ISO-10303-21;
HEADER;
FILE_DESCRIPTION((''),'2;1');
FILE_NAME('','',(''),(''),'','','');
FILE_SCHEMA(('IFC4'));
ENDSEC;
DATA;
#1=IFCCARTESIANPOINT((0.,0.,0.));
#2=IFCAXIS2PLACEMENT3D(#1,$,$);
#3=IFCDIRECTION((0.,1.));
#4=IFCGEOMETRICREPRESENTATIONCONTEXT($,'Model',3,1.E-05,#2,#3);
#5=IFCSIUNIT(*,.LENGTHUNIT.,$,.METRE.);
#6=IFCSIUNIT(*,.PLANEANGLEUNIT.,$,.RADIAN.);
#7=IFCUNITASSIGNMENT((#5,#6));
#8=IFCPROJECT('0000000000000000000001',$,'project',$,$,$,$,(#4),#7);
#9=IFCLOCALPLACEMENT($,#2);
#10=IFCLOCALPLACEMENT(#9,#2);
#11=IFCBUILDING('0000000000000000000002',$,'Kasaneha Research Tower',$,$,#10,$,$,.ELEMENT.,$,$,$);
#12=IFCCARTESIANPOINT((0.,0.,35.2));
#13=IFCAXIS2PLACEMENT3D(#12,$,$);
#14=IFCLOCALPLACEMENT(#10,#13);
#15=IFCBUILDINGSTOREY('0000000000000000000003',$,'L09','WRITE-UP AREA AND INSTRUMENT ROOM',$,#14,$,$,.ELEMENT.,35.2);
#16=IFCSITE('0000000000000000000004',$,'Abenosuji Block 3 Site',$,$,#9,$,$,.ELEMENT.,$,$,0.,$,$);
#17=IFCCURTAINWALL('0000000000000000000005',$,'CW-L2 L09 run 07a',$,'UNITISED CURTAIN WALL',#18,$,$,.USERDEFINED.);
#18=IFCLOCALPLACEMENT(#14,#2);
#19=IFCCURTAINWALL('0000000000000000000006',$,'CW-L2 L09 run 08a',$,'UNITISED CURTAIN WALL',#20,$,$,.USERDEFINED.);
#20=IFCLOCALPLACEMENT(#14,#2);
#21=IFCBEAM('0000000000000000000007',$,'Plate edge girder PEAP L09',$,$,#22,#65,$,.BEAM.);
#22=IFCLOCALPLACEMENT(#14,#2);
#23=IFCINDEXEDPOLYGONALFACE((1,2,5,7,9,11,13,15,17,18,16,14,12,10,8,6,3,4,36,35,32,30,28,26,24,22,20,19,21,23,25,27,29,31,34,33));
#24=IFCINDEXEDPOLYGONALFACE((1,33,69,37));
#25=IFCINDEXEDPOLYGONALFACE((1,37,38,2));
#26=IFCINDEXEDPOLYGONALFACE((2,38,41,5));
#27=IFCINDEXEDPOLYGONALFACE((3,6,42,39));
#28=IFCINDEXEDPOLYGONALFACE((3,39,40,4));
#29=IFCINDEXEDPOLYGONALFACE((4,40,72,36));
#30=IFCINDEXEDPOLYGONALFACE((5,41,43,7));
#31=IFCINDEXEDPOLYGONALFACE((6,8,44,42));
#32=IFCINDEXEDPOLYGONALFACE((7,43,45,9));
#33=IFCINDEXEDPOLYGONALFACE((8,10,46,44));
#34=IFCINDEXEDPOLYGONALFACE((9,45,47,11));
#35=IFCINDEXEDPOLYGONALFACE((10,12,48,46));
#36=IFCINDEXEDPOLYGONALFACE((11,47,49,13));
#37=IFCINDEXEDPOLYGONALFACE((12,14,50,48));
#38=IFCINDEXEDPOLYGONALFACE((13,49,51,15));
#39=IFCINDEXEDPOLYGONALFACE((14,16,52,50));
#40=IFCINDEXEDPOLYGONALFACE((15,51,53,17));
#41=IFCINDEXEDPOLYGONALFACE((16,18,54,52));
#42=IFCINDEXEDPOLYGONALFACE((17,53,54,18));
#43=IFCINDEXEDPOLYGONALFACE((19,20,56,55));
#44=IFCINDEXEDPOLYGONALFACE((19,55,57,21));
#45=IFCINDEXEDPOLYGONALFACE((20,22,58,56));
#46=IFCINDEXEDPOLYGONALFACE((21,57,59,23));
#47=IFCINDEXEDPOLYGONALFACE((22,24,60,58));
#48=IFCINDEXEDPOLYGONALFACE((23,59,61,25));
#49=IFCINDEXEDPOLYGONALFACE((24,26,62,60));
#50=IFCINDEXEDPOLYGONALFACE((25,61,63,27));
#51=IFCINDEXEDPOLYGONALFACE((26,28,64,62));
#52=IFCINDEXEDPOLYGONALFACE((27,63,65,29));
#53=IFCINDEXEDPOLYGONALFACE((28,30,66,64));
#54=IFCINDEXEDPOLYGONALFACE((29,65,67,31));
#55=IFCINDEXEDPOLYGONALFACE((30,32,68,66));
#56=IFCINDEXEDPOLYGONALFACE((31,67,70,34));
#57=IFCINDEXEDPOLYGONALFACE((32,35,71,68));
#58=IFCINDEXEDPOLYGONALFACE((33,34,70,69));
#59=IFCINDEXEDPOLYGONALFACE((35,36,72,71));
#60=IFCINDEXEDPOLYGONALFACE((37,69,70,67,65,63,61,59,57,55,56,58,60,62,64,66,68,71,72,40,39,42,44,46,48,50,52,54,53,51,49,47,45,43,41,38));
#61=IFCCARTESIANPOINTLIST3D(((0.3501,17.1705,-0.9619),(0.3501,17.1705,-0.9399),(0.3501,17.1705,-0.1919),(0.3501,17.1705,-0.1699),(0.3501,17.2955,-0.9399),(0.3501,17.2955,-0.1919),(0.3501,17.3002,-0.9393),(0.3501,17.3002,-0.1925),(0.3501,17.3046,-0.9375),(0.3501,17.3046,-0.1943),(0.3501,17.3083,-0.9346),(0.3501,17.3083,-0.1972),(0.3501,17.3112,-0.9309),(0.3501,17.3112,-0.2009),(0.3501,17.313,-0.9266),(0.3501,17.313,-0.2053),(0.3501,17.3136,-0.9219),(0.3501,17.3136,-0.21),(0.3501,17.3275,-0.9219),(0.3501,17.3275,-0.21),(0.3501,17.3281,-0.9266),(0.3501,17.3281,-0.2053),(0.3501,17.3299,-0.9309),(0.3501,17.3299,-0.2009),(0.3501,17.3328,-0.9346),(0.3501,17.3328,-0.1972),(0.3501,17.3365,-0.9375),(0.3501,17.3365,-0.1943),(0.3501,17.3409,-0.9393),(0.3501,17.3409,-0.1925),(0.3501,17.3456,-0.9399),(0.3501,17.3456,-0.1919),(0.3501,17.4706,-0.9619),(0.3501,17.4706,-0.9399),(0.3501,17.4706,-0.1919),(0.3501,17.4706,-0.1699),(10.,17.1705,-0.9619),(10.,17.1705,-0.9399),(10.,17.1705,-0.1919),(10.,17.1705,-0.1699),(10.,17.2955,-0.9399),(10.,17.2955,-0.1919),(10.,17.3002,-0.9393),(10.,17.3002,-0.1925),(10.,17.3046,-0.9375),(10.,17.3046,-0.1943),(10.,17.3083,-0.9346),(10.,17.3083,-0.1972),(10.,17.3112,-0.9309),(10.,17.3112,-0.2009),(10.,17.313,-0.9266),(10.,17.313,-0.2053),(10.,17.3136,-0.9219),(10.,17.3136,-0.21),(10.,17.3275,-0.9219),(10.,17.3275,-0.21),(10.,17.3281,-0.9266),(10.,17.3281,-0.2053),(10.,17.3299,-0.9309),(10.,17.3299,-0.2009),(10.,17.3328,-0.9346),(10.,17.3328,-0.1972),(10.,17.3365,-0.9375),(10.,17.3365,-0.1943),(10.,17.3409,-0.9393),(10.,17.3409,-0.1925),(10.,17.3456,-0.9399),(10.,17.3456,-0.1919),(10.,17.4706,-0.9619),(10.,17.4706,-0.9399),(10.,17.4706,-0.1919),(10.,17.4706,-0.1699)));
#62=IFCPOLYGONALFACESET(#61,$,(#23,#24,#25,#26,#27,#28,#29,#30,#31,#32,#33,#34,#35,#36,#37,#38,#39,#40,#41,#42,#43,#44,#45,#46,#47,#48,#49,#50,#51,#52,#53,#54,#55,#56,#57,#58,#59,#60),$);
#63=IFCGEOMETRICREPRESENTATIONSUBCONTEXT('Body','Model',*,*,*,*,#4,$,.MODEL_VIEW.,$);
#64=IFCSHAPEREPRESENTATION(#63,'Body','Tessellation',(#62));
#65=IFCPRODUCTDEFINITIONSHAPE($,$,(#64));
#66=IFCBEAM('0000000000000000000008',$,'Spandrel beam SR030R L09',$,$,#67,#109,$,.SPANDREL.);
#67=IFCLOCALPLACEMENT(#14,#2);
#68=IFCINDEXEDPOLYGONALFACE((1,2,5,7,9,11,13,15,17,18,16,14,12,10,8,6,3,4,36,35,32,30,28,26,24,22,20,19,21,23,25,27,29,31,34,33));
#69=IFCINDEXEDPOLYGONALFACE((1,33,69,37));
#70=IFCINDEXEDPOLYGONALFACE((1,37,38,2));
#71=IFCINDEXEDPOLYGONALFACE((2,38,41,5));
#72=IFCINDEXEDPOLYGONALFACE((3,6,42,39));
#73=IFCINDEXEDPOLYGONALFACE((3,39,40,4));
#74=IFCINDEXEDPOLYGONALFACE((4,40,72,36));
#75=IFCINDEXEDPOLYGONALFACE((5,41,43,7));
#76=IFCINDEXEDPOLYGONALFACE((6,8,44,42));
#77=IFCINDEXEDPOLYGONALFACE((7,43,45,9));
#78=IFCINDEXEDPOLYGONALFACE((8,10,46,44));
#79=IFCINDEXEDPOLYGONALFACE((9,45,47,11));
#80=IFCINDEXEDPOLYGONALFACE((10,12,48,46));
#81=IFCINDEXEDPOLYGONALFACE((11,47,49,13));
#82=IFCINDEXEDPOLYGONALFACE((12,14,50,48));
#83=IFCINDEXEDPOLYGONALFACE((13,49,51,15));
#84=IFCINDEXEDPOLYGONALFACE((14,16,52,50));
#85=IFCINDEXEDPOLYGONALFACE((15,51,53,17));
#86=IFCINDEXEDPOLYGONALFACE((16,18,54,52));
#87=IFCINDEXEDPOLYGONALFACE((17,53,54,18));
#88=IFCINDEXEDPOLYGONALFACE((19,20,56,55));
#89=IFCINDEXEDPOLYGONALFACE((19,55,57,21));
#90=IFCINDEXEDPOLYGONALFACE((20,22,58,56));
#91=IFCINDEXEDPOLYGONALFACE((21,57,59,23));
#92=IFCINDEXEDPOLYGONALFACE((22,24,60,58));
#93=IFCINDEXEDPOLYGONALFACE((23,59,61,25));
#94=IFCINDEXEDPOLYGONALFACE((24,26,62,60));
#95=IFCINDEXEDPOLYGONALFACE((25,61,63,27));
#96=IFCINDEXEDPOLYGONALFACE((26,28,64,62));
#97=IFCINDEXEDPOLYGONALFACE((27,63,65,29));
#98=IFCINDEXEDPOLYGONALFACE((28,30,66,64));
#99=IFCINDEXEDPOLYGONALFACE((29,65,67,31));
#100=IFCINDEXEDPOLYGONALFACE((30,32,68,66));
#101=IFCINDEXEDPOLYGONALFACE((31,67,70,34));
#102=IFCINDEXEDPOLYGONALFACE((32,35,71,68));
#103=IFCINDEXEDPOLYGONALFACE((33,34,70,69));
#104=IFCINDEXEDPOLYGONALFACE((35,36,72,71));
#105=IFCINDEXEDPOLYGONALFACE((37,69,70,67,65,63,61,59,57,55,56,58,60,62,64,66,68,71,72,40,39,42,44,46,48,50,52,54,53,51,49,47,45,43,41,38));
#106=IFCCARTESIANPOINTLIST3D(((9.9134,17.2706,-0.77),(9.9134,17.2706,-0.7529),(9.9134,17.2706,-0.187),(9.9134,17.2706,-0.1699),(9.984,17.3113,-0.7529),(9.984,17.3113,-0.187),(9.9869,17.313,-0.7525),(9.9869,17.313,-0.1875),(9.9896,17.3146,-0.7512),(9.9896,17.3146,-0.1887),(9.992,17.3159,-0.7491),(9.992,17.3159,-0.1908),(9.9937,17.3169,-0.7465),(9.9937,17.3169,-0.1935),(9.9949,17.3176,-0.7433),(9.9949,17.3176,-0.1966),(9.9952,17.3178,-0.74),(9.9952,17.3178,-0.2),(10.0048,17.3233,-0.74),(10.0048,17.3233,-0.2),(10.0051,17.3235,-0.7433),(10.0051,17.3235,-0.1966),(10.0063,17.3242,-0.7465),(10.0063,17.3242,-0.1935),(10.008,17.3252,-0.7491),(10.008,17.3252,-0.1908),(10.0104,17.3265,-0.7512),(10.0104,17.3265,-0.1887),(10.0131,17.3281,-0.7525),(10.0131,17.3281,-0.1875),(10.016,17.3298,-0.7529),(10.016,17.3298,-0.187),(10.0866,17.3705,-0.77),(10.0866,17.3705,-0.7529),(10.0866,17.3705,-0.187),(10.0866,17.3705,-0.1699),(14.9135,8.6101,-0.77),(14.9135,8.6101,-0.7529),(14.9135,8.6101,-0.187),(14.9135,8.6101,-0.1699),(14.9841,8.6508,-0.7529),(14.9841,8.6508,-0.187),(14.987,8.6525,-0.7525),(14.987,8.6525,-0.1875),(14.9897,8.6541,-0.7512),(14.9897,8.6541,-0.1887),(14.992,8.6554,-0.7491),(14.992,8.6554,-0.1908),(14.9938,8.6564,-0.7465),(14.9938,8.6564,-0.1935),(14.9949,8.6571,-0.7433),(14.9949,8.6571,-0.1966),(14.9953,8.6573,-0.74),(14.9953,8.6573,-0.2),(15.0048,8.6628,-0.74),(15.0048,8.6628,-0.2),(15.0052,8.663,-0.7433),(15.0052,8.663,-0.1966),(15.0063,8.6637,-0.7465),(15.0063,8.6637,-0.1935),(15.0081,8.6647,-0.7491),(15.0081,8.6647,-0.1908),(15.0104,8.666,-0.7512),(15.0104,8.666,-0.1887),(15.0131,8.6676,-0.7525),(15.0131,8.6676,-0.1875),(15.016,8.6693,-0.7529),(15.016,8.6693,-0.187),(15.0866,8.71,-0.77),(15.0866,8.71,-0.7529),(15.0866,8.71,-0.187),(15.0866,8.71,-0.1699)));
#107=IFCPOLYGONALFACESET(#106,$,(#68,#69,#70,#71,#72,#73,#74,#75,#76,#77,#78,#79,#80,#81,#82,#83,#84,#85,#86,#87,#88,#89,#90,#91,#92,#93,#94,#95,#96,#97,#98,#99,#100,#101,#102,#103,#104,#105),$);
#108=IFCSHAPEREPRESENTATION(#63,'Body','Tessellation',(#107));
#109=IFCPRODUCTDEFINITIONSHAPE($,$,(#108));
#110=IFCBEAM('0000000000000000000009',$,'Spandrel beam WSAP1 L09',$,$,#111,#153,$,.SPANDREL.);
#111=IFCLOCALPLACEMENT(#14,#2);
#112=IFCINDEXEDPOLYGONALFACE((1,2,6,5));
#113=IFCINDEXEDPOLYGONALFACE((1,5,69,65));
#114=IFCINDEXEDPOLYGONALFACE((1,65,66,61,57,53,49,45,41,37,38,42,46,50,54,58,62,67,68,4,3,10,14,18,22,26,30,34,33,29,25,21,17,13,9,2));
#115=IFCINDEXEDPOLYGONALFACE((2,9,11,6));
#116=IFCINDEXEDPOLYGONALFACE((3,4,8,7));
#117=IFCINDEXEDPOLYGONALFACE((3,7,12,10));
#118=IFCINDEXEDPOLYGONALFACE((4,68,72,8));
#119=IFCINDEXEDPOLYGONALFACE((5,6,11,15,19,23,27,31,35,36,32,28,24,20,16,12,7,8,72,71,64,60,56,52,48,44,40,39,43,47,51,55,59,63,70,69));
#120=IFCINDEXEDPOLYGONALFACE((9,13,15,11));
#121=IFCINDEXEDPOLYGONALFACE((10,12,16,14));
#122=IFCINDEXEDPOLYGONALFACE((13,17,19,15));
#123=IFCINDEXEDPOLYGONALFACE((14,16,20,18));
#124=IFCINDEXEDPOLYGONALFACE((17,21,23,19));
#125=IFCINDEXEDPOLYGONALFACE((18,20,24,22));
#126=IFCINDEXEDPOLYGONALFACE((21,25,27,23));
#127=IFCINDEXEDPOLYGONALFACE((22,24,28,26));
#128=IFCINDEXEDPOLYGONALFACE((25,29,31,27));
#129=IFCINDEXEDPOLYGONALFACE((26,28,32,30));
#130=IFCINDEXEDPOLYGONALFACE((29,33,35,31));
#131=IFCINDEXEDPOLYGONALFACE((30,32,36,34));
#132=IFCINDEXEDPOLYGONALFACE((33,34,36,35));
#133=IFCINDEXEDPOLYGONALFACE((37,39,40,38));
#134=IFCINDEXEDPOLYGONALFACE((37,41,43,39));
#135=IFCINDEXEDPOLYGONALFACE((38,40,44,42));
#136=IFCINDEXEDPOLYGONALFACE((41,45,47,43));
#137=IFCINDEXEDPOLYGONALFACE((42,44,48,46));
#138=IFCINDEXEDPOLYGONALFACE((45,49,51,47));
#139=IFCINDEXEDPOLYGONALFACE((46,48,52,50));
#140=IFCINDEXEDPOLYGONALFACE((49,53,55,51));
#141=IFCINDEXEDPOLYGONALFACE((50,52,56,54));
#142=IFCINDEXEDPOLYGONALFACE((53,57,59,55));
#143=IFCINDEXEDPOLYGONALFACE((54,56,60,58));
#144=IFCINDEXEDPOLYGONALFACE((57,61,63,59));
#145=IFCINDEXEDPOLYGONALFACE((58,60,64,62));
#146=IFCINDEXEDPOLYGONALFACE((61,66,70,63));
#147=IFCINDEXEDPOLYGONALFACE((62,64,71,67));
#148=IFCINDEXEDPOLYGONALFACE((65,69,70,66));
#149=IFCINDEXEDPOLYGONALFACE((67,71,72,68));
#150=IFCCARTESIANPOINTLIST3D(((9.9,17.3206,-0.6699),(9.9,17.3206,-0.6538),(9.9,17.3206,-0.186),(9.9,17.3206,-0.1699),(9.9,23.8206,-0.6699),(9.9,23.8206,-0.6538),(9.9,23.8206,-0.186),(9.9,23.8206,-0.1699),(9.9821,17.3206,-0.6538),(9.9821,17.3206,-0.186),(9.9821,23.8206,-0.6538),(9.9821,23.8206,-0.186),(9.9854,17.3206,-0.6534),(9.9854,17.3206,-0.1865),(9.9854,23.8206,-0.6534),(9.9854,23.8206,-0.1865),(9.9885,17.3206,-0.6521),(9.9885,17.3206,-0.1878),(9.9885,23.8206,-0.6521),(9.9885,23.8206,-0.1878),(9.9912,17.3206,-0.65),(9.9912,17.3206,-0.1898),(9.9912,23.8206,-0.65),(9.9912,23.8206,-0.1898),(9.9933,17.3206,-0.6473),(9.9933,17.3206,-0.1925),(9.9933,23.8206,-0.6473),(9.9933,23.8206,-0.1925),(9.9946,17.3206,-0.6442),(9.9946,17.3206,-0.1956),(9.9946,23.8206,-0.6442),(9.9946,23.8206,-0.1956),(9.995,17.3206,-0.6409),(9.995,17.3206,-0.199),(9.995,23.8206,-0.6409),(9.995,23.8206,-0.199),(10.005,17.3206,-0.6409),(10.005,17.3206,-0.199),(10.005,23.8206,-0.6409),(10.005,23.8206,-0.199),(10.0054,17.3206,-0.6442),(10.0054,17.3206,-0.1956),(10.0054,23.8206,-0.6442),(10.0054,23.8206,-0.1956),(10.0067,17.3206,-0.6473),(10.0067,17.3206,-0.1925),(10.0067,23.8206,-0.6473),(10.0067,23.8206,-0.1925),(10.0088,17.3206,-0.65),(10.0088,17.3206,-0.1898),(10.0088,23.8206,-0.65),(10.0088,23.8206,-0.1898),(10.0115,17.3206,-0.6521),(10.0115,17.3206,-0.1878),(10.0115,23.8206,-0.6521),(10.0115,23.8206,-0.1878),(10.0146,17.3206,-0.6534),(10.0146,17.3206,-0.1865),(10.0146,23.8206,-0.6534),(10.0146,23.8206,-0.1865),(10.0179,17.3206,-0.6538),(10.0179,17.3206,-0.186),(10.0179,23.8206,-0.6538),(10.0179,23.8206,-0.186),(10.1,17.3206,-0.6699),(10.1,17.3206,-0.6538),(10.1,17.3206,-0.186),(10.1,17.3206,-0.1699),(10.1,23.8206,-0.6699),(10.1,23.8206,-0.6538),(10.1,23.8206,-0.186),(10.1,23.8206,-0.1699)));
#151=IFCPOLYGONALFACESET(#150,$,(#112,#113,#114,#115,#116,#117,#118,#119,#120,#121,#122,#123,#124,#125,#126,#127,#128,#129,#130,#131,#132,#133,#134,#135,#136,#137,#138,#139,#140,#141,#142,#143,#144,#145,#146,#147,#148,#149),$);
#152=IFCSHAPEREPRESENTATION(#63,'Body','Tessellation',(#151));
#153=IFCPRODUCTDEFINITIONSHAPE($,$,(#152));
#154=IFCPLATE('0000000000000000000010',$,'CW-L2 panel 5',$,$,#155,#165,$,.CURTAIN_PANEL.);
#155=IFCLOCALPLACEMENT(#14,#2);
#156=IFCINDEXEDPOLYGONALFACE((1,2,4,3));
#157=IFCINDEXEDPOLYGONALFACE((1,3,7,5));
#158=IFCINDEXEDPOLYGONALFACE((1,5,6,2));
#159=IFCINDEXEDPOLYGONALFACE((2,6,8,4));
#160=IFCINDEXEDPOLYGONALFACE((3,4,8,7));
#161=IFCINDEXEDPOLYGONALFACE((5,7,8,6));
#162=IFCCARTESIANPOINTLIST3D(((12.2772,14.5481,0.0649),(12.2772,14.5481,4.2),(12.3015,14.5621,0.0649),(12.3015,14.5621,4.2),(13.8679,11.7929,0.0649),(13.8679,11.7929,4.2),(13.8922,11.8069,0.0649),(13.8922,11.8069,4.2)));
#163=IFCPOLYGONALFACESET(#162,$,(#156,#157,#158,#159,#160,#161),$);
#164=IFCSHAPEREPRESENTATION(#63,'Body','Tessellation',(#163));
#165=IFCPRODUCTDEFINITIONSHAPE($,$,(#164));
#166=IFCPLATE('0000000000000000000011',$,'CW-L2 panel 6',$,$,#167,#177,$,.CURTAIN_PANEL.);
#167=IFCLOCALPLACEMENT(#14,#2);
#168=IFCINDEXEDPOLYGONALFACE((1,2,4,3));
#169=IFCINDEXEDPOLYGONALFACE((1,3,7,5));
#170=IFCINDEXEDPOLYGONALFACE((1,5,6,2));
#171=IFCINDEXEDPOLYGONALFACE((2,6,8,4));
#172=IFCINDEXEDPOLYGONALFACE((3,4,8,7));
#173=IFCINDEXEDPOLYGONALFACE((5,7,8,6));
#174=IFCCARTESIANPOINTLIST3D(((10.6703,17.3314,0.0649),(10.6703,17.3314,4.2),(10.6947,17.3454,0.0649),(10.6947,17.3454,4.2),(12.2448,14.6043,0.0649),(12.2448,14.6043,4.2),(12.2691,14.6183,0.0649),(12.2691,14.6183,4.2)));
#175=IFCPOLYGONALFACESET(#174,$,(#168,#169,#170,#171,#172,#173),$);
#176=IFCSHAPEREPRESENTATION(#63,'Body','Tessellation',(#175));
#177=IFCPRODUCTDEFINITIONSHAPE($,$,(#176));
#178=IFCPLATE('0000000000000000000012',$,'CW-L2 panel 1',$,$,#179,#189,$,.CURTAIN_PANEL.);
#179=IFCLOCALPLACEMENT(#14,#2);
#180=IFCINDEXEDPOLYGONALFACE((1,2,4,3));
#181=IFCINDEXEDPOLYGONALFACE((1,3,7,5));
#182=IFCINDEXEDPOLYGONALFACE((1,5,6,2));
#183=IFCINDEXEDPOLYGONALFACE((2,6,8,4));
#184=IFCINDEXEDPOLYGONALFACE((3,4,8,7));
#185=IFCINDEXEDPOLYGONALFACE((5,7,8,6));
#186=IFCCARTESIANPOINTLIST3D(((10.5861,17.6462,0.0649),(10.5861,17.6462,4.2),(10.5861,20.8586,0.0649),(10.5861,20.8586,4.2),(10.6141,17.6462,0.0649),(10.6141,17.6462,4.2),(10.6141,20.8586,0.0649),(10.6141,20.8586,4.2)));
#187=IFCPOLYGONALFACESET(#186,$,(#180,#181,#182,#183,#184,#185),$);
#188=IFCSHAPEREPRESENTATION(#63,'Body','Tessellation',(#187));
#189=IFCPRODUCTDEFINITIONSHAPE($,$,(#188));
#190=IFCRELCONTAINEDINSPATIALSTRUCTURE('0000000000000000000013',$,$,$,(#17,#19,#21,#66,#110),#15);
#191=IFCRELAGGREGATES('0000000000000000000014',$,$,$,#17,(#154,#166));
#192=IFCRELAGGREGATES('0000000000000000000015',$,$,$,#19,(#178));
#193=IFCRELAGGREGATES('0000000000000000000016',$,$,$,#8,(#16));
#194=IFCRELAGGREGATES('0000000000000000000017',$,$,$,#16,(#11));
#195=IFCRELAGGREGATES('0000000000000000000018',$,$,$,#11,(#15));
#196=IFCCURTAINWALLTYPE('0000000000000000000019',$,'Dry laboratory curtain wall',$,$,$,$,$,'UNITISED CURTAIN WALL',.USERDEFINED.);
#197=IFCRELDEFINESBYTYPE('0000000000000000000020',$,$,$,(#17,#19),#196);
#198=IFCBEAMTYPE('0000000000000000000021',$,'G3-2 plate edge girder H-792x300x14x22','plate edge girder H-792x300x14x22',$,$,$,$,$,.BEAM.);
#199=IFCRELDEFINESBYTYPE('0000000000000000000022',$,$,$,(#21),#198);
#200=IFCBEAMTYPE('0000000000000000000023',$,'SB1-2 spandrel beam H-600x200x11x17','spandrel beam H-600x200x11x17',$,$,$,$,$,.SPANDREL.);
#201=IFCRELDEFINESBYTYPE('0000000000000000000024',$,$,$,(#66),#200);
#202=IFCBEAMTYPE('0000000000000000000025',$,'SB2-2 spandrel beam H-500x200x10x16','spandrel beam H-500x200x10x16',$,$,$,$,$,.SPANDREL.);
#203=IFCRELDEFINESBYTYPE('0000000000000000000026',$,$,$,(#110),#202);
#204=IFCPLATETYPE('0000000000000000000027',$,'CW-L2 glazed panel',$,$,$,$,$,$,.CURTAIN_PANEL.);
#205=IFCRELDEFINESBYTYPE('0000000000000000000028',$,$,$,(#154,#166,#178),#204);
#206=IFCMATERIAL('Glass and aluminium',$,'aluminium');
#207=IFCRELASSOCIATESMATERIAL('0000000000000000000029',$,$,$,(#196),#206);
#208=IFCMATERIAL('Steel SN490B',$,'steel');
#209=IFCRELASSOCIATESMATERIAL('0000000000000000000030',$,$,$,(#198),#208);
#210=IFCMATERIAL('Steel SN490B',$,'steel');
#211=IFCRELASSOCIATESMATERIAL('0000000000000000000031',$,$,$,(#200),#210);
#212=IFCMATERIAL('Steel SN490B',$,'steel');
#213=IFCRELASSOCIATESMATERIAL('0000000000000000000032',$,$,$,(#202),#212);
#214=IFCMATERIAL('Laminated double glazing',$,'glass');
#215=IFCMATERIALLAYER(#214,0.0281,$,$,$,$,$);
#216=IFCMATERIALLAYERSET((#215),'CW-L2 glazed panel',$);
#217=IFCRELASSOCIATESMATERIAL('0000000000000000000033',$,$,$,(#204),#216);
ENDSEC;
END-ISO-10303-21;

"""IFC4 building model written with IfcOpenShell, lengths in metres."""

from ifc_helpers import new_model, si_unit, direction, frame, origin, origin_2d, place, context, subcontext, project, spatial, rectangle, i_section, extrude, material, layer, layer_set, material_profile, profile_set, type_object, element, aggregate, save


model = new_model("IFC4")

# Units and contexts
model_context = context("Model", 3, precision=1e-05, world=origin(), true_north=direction((0.0, 1.0)))
body_context = subcontext(model_context, "Body", "Model", "MODEL_VIEW")
ifc_project = project(units=[si_unit("LENGTHUNIT", "METRE"), si_unit("PLANEANGLEUNIT", "RADIAN")], contexts=[model_context])

# Site, building, storey
site_placement = place(None, origin())
site = spatial("IfcSite", under=ifc_project, at=site_placement, Name="Abenosuji Block 3 Site", CompositionType="ELEMENT", RefElevation=0.0)
building_placement = place(site_placement, origin())
building = spatial("IfcBuilding", under=site, at=building_placement, Name="Kasaneha Research Tower", CompositionType="ELEMENT")
storey_placement = place(building_placement, frame((0.0, 0.0, 35.2)))
storey = spatial("IfcBuildingStorey", under=building, at=storey_placement, Name="L09", Description="WRITE-UP AREA AND INSTRUMENT ROOM", CompositionType="ELEMENT", Elevation=35.2)

# Curtain walls
ifc_material_1 = material(Name="Glass and aluminium", Category="aluminium")
curtain_wall_type = type_object("IfcCurtainWallType", Name="Dry laboratory curtain wall", ElementType="UNITISED CURTAIN WALL", PredefinedType="USERDEFINED", material=ifc_material_1)
curtain_wall_1_placement = place(storey_placement, origin())
curtain_wall_1 = element("IfcCurtainWall", 1, at=curtain_wall_1_placement, inside=storey, type_object=curtain_wall_type, Name="CW-L2 L09 run 07a", ObjectType="UNITISED CURTAIN WALL", PredefinedType="USERDEFINED")
curtain_wall_2_placement = place(storey_placement, origin())
curtain_wall_2 = element("IfcCurtainWall", 2, at=curtain_wall_2_placement, inside=storey, type_object=curtain_wall_type, Name="CW-L2 L09 run 08a", ObjectType="UNITISED CURTAIN WALL", PredefinedType="USERDEFINED")

# Beams
ifc_material_2 = material(Name="Steel SN490B", Category="steel")
ifc_material_profile_1 = material_profile(ifc_material_2, i_section(OverallWidth=0.3, OverallDepth=0.792, WebThickness=0.0139, FlangeThickness=0.022, FilletRadius=0.0181, at=origin_2d()), Name="H-792x300x14x22")
ifc_profile_set_1 = profile_set([ifc_material_profile_1], Name="Steel SN490B")
beam_type_1 = type_object("IfcBeamType", Name="G3-2 plate edge girder H-792x300x14x22", Description="plate edge girder H-792x300x14x22", PredefinedType="BEAM", material=ifc_profile_set_1)
beam_1_placement = place(storey_placement, frame((10.0, 17.3206, -0.5659), z_axis=(-1.0, 0.0, 0.0), x_axis=(0.0, -1.0, 0.0)))
element("IfcBeam", 3, at=beam_1_placement, inside=storey, type_object=beam_type_1, Name="Plate edge girder PEAP L09", PredefinedType="BEAM", context=body_context, shape_type="SweptSolid", body=[
    extrude(i_section(OverallWidth=0.3, OverallDepth=0.792, WebThickness=0.0139, FlangeThickness=0.022, FilletRadius=0.0181, at=origin_2d()), origin(), (0.0, 0.0, 1.0), 9.6499),
])
ifc_material_3 = material(Name="Steel SN490B", Category="steel")
ifc_material_profile_2 = material_profile(ifc_material_3, i_section(OverallWidth=0.2, OverallDepth=0.6001, WebThickness=0.011, FlangeThickness=0.0171, FilletRadius=0.0129, at=origin_2d()), Name="H-600x200x11x17")
ifc_profile_set_2 = profile_set([ifc_material_profile_2], Name="Steel SN490B")
beam_type_2 = type_object("IfcBeamType", Name="SB1-2 spandrel beam H-600x200x11x17", Description="spandrel beam H-600x200x11x17", PredefinedType="SPANDREL", material=ifc_profile_set_2)
beam_2_placement = place(storey_placement, frame((10.0, 17.3206, -0.47), z_axis=(0.499994, -0.866029, 0.0), x_axis=(0.866029, 0.499994, 0.0)))
element("IfcBeam", 4, at=beam_2_placement, inside=storey, type_object=beam_type_2, Name="Spandrel beam SR030R L09", PredefinedType="SPANDREL", context=body_context, shape_type="SweptSolid", body=[
    extrude(i_section(OverallWidth=0.2, OverallDepth=0.6001, WebThickness=0.011, FlangeThickness=0.0171, FilletRadius=0.0129, at=origin_2d()), origin(), (0.0, 0.0, 1.0), 10.0002),
])
ifc_material_4 = material(Name="Steel SN490B", Category="steel")
ifc_material_profile_3 = material_profile(ifc_material_4, i_section(OverallWidth=0.2, OverallDepth=0.5, WebThickness=0.01, FlangeThickness=0.0161, FilletRadius=0.0129, at=origin_2d()), Name="H-500x200x10x16")
ifc_profile_set_3 = profile_set([ifc_material_profile_3], Name="Steel SN490B")
beam_type_3 = type_object("IfcBeamType", Name="SB2-2 spandrel beam H-500x200x10x16", Description="spandrel beam H-500x200x10x16", PredefinedType="SPANDREL", material=ifc_profile_set_3)
beam_3_placement = place(storey_placement, frame((10.0, 17.3206, -0.4199), z_axis=(0.0, 1.0, 0.0), x_axis=(-1.0, 0.0, 0.0)))
element("IfcBeam", 5, at=beam_3_placement, inside=storey, type_object=beam_type_3, Name="Spandrel beam WSAP1 L09", PredefinedType="SPANDREL", context=body_context, shape_type="SweptSolid", body=[
    extrude(i_section(OverallWidth=0.2, OverallDepth=0.5, WebThickness=0.01, FlangeThickness=0.0161, FilletRadius=0.0129, at=origin_2d()), origin(), (0.0, 0.0, 1.0), 6.5),
])

# Plates
ifc_material_5 = material(Name="Laminated double glazing", Category="glass")
ifc_layer_1 = layer(ifc_material_5, 0.0281)
ifc_layer_set_1 = layer_set([ifc_layer_1], Name="CW-L2 glazed panel")
plate_type = type_object("IfcPlateType", Name="CW-L2 glazed panel", PredefinedType="CURTAIN_PANEL", material=ifc_layer_set_1)
plate_1_placement = place(storey_placement, frame((13.0847, 13.1775, 0.0649), z_axis=(0.0, 0.0, 1.0), x_axis=(-0.5, 0.866025, 0.0)))
plate_1 = element("IfcPlate", 6, at=plate_1_placement, type_object=plate_type, Name="CW-L2 panel 5", PredefinedType="CURTAIN_PANEL", context=body_context, shape_type="SweptSolid", body=[
    extrude(rectangle(XDim=3.1814, YDim=0.0281, at=origin_2d()), origin(), (0.0, 0.0, 1.0), 4.135),
])
plate_2_placement = place(storey_placement, frame((11.4697, 15.9749, 0.0649), z_axis=(0.0, 0.0, 1.0), x_axis=(-0.5, 0.866025, 0.0)))
plate_2 = element("IfcPlate", 7, at=plate_2_placement, type_object=plate_type, Name="CW-L2 panel 6", PredefinedType="CURTAIN_PANEL", context=body_context, shape_type="SweptSolid", body=[
    extrude(rectangle(XDim=3.1489, YDim=0.0281, at=origin_2d()), origin(), (0.0, 0.0, 1.0), 4.135),
])
aggregate(curtain_wall_1, [plate_1, plate_2])
plate_3_placement = place(storey_placement, frame((10.6001, 19.2524, 0.0649), z_axis=(0.0, 0.0, 1.0), x_axis=(0.0, 1.0, 0.0)))
plate_3 = element("IfcPlate", 8, at=plate_3_placement, type_object=plate_type, Name="CW-L2 panel 1", PredefinedType="CURTAIN_PANEL", context=body_context, shape_type="SweptSolid", body=[
    extrude(rectangle(XDim=3.2124, YDim=0.0281, at=origin_2d()), origin(), (0.0, 0.0, 1.0), 4.135),
])
aggregate(curtain_wall_2, [plate_3])

save(model, "model.ifc")
